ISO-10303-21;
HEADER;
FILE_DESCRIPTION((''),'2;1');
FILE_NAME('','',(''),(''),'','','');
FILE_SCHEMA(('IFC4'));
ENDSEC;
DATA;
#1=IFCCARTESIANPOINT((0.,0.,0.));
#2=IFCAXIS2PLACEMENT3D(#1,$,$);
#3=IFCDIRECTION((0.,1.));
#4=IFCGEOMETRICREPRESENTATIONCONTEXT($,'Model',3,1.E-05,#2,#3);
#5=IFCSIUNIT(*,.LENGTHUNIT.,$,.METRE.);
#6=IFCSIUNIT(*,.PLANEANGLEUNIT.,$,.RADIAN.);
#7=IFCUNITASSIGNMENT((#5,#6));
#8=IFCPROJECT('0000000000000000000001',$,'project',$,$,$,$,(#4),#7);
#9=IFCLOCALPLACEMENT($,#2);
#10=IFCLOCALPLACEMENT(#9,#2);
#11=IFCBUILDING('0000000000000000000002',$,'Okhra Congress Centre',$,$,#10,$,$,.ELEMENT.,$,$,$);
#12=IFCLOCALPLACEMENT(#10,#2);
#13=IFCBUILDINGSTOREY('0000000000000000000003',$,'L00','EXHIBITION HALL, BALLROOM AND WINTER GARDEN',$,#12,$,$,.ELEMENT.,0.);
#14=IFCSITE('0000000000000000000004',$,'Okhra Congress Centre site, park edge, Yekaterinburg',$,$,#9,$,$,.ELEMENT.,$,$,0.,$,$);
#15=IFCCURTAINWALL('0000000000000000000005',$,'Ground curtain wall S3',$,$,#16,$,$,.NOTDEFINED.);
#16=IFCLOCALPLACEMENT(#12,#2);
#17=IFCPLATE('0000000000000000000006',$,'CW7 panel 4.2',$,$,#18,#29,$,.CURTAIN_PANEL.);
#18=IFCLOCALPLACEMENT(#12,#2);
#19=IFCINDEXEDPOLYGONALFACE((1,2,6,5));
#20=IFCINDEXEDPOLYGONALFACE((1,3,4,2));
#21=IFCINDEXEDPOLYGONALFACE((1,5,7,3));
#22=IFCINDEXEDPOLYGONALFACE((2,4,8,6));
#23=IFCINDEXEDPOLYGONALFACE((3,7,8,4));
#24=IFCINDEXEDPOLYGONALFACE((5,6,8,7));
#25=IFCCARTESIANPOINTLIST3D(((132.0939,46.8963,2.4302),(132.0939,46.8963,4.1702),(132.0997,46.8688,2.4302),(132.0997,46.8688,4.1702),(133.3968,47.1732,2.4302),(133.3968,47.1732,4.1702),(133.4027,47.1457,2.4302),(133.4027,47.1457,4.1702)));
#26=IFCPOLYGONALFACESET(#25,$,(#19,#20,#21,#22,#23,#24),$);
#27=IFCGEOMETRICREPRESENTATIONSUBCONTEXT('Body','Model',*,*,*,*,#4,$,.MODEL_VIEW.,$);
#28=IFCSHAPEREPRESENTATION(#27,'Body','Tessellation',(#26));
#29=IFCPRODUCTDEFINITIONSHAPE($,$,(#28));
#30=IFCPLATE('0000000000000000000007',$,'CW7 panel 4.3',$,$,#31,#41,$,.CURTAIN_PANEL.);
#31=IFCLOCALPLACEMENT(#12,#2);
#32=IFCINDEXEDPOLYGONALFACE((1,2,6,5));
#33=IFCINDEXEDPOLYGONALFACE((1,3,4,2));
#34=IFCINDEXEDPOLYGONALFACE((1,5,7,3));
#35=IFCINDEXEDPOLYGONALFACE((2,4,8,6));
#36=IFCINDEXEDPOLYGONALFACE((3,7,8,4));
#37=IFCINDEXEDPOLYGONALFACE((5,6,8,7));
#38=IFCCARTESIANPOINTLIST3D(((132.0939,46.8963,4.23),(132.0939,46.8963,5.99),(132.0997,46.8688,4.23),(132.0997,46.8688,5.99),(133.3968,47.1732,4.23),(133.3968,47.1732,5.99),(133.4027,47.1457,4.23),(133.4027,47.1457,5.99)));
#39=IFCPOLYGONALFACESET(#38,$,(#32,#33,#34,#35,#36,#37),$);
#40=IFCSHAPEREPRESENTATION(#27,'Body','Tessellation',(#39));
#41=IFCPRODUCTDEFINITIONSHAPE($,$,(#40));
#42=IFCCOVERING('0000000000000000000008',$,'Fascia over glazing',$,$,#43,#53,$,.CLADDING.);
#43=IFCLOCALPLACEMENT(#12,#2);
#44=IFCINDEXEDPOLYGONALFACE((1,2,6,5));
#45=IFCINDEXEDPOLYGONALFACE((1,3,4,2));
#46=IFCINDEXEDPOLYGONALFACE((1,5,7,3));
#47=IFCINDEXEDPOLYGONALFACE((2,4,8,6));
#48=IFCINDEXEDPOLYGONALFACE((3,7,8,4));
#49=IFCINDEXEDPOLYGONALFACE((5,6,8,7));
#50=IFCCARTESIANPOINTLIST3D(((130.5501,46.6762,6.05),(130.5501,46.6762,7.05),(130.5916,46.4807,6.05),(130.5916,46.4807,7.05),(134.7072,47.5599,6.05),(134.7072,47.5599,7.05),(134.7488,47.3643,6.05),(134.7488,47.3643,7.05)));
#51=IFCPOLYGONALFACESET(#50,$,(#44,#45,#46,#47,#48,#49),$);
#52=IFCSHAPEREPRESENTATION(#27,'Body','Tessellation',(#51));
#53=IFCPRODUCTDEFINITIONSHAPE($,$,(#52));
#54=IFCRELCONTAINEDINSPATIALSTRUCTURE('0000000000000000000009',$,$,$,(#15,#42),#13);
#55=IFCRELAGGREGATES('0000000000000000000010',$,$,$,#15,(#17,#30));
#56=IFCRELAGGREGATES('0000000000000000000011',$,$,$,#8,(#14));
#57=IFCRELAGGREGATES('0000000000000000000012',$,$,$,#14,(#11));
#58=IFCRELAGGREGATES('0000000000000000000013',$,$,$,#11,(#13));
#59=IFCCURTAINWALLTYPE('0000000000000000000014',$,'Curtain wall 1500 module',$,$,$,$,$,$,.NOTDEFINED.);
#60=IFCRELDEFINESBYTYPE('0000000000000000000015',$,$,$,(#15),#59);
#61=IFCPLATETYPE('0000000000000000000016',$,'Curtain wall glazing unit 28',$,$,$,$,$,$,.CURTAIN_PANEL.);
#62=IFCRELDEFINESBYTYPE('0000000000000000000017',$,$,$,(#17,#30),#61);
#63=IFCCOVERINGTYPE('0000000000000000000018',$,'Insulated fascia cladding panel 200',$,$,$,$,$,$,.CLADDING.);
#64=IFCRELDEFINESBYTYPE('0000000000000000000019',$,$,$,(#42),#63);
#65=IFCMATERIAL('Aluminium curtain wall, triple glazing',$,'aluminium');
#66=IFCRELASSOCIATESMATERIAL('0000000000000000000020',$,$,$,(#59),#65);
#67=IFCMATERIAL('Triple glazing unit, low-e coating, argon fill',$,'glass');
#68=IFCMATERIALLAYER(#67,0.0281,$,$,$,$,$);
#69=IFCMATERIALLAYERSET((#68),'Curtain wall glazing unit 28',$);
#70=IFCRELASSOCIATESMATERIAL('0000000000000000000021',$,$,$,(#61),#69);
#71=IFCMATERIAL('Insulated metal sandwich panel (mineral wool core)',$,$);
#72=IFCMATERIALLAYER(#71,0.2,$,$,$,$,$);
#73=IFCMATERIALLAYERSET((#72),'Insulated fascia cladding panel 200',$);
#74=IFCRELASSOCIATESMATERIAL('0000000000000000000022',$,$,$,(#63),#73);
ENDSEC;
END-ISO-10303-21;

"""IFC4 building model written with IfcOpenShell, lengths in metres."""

from ifc_helpers import new_model, si_unit, direction, frame, origin, origin_2d, place, context, subcontext, project, spatial, rectangle, extrude, material, layer, layer_set, type_object, element, aggregate, save


model = new_model("IFC4")

# Units and contexts
model_context = context("Model", 3, precision=1e-05, world=origin(), true_north=direction((0.0, 1.0)))
body_context = subcontext(model_context, "Body", "Model", "MODEL_VIEW")
ifc_project = project(units=[si_unit("LENGTHUNIT", "METRE"), si_unit("PLANEANGLEUNIT", "RADIAN")], contexts=[model_context])

# Site, building, storey
site_placement = place(None, origin())
site = spatial("IfcSite", under=ifc_project, at=site_placement, Name="Okhra Congress Centre site, park edge, Yekaterinburg", CompositionType="ELEMENT", RefElevation=0.0)
building_placement = place(site_placement, origin())
building = spatial("IfcBuilding", under=site, at=building_placement, Name="Okhra Congress Centre", CompositionType="ELEMENT")
storey_placement = place(building_placement, origin())
storey = spatial("IfcBuildingStorey", under=building, at=storey_placement, Name="L00", Description="EXHIBITION HALL, BALLROOM AND WINTER GARDEN", CompositionType="ELEMENT", Elevation=0.0)

# Curtain wall, plates
ifc_material_1 = material(Name="Aluminium curtain wall, triple glazing", Category="aluminium")
curtain_wall_type = type_object("IfcCurtainWallType", Name="Curtain wall 1500 module", PredefinedType="NOTDEFINED", material=ifc_material_1)
curtain_wall_placement = place(storey_placement, origin())
curtain_wall = element("IfcCurtainWall", 1, at=curtain_wall_placement, inside=storey, type_object=curtain_wall_type, Name="Ground curtain wall S3", PredefinedType="NOTDEFINED")
ifc_material_2 = material(Name="Triple glazing unit, low-e coating, argon fill", Category="glass")
ifc_layer_1 = layer(ifc_material_2, 0.0281)
ifc_layer_set_1 = layer_set([ifc_layer_1], Name="Curtain wall glazing unit 28")
plate_type = type_object("IfcPlateType", Name="Curtain wall glazing unit 28", PredefinedType="CURTAIN_PANEL", material=ifc_layer_set_1)
plate_1_placement = place(storey_placement, frame((132.7483, 47.021, 2.4302), z_axis=(0.0, 0.0, 1.0), x_axis=(0.978148, 0.207912, 0.0)))
plate_1 = element("IfcPlate", 2, at=plate_1_placement, type_object=plate_type, Name="CW7 panel 4.2", PredefinedType="CURTAIN_PANEL", context=body_context, shape_type="SweptSolid", body=[
    extrude(rectangle(XDim=1.332, YDim=0.0281, at=origin_2d()), origin(), (0.0, 0.0, 1.0), 1.74),
])
plate_2_placement = place(storey_placement, frame((132.7483, 47.021, 4.23), z_axis=(0.0, 0.0, 1.0), x_axis=(0.978148, 0.207912, 0.0)))
plate_2 = element("IfcPlate", 3, at=plate_2_placement, type_object=plate_type, Name="CW7 panel 4.3", PredefinedType="CURTAIN_PANEL", context=body_context, shape_type="SweptSolid", body=[
    extrude(rectangle(XDim=1.332, YDim=0.0281, at=origin_2d()), origin(), (0.0, 0.0, 1.0), 1.76),
])
aggregate(curtain_wall, [plate_1, plate_2])

# Covering
ifc_material_3 = material(Name="Insulated metal sandwich panel (mineral wool core)")
ifc_layer_2 = layer(ifc_material_3, 0.2)
ifc_layer_set_2 = layer_set([ifc_layer_2], Name="Insulated fascia cladding panel 200")
covering_type = type_object("IfcCoveringType", Name="Insulated fascia cladding panel 200", PredefinedType="CLADDING", material=ifc_layer_set_2)
covering_placement = place(storey_placement, frame((132.6494, 47.0203, 6.05), z_axis=(0.0, 0.0, 1.0), x_axis=(0.978148, 0.207912, 0.0)))
element("IfcCovering", 4, at=covering_placement, inside=storey, type_object=covering_type, Name="Fascia over glazing", PredefinedType="CLADDING", context=body_context, shape_type="SweptSolid", body=[
    extrude(rectangle(XDim=4.25, YDim=0.2, at=origin_2d()), origin(), (0.0, 0.0, 1.0), 1.0),
])

save(model, "model.ifc")
